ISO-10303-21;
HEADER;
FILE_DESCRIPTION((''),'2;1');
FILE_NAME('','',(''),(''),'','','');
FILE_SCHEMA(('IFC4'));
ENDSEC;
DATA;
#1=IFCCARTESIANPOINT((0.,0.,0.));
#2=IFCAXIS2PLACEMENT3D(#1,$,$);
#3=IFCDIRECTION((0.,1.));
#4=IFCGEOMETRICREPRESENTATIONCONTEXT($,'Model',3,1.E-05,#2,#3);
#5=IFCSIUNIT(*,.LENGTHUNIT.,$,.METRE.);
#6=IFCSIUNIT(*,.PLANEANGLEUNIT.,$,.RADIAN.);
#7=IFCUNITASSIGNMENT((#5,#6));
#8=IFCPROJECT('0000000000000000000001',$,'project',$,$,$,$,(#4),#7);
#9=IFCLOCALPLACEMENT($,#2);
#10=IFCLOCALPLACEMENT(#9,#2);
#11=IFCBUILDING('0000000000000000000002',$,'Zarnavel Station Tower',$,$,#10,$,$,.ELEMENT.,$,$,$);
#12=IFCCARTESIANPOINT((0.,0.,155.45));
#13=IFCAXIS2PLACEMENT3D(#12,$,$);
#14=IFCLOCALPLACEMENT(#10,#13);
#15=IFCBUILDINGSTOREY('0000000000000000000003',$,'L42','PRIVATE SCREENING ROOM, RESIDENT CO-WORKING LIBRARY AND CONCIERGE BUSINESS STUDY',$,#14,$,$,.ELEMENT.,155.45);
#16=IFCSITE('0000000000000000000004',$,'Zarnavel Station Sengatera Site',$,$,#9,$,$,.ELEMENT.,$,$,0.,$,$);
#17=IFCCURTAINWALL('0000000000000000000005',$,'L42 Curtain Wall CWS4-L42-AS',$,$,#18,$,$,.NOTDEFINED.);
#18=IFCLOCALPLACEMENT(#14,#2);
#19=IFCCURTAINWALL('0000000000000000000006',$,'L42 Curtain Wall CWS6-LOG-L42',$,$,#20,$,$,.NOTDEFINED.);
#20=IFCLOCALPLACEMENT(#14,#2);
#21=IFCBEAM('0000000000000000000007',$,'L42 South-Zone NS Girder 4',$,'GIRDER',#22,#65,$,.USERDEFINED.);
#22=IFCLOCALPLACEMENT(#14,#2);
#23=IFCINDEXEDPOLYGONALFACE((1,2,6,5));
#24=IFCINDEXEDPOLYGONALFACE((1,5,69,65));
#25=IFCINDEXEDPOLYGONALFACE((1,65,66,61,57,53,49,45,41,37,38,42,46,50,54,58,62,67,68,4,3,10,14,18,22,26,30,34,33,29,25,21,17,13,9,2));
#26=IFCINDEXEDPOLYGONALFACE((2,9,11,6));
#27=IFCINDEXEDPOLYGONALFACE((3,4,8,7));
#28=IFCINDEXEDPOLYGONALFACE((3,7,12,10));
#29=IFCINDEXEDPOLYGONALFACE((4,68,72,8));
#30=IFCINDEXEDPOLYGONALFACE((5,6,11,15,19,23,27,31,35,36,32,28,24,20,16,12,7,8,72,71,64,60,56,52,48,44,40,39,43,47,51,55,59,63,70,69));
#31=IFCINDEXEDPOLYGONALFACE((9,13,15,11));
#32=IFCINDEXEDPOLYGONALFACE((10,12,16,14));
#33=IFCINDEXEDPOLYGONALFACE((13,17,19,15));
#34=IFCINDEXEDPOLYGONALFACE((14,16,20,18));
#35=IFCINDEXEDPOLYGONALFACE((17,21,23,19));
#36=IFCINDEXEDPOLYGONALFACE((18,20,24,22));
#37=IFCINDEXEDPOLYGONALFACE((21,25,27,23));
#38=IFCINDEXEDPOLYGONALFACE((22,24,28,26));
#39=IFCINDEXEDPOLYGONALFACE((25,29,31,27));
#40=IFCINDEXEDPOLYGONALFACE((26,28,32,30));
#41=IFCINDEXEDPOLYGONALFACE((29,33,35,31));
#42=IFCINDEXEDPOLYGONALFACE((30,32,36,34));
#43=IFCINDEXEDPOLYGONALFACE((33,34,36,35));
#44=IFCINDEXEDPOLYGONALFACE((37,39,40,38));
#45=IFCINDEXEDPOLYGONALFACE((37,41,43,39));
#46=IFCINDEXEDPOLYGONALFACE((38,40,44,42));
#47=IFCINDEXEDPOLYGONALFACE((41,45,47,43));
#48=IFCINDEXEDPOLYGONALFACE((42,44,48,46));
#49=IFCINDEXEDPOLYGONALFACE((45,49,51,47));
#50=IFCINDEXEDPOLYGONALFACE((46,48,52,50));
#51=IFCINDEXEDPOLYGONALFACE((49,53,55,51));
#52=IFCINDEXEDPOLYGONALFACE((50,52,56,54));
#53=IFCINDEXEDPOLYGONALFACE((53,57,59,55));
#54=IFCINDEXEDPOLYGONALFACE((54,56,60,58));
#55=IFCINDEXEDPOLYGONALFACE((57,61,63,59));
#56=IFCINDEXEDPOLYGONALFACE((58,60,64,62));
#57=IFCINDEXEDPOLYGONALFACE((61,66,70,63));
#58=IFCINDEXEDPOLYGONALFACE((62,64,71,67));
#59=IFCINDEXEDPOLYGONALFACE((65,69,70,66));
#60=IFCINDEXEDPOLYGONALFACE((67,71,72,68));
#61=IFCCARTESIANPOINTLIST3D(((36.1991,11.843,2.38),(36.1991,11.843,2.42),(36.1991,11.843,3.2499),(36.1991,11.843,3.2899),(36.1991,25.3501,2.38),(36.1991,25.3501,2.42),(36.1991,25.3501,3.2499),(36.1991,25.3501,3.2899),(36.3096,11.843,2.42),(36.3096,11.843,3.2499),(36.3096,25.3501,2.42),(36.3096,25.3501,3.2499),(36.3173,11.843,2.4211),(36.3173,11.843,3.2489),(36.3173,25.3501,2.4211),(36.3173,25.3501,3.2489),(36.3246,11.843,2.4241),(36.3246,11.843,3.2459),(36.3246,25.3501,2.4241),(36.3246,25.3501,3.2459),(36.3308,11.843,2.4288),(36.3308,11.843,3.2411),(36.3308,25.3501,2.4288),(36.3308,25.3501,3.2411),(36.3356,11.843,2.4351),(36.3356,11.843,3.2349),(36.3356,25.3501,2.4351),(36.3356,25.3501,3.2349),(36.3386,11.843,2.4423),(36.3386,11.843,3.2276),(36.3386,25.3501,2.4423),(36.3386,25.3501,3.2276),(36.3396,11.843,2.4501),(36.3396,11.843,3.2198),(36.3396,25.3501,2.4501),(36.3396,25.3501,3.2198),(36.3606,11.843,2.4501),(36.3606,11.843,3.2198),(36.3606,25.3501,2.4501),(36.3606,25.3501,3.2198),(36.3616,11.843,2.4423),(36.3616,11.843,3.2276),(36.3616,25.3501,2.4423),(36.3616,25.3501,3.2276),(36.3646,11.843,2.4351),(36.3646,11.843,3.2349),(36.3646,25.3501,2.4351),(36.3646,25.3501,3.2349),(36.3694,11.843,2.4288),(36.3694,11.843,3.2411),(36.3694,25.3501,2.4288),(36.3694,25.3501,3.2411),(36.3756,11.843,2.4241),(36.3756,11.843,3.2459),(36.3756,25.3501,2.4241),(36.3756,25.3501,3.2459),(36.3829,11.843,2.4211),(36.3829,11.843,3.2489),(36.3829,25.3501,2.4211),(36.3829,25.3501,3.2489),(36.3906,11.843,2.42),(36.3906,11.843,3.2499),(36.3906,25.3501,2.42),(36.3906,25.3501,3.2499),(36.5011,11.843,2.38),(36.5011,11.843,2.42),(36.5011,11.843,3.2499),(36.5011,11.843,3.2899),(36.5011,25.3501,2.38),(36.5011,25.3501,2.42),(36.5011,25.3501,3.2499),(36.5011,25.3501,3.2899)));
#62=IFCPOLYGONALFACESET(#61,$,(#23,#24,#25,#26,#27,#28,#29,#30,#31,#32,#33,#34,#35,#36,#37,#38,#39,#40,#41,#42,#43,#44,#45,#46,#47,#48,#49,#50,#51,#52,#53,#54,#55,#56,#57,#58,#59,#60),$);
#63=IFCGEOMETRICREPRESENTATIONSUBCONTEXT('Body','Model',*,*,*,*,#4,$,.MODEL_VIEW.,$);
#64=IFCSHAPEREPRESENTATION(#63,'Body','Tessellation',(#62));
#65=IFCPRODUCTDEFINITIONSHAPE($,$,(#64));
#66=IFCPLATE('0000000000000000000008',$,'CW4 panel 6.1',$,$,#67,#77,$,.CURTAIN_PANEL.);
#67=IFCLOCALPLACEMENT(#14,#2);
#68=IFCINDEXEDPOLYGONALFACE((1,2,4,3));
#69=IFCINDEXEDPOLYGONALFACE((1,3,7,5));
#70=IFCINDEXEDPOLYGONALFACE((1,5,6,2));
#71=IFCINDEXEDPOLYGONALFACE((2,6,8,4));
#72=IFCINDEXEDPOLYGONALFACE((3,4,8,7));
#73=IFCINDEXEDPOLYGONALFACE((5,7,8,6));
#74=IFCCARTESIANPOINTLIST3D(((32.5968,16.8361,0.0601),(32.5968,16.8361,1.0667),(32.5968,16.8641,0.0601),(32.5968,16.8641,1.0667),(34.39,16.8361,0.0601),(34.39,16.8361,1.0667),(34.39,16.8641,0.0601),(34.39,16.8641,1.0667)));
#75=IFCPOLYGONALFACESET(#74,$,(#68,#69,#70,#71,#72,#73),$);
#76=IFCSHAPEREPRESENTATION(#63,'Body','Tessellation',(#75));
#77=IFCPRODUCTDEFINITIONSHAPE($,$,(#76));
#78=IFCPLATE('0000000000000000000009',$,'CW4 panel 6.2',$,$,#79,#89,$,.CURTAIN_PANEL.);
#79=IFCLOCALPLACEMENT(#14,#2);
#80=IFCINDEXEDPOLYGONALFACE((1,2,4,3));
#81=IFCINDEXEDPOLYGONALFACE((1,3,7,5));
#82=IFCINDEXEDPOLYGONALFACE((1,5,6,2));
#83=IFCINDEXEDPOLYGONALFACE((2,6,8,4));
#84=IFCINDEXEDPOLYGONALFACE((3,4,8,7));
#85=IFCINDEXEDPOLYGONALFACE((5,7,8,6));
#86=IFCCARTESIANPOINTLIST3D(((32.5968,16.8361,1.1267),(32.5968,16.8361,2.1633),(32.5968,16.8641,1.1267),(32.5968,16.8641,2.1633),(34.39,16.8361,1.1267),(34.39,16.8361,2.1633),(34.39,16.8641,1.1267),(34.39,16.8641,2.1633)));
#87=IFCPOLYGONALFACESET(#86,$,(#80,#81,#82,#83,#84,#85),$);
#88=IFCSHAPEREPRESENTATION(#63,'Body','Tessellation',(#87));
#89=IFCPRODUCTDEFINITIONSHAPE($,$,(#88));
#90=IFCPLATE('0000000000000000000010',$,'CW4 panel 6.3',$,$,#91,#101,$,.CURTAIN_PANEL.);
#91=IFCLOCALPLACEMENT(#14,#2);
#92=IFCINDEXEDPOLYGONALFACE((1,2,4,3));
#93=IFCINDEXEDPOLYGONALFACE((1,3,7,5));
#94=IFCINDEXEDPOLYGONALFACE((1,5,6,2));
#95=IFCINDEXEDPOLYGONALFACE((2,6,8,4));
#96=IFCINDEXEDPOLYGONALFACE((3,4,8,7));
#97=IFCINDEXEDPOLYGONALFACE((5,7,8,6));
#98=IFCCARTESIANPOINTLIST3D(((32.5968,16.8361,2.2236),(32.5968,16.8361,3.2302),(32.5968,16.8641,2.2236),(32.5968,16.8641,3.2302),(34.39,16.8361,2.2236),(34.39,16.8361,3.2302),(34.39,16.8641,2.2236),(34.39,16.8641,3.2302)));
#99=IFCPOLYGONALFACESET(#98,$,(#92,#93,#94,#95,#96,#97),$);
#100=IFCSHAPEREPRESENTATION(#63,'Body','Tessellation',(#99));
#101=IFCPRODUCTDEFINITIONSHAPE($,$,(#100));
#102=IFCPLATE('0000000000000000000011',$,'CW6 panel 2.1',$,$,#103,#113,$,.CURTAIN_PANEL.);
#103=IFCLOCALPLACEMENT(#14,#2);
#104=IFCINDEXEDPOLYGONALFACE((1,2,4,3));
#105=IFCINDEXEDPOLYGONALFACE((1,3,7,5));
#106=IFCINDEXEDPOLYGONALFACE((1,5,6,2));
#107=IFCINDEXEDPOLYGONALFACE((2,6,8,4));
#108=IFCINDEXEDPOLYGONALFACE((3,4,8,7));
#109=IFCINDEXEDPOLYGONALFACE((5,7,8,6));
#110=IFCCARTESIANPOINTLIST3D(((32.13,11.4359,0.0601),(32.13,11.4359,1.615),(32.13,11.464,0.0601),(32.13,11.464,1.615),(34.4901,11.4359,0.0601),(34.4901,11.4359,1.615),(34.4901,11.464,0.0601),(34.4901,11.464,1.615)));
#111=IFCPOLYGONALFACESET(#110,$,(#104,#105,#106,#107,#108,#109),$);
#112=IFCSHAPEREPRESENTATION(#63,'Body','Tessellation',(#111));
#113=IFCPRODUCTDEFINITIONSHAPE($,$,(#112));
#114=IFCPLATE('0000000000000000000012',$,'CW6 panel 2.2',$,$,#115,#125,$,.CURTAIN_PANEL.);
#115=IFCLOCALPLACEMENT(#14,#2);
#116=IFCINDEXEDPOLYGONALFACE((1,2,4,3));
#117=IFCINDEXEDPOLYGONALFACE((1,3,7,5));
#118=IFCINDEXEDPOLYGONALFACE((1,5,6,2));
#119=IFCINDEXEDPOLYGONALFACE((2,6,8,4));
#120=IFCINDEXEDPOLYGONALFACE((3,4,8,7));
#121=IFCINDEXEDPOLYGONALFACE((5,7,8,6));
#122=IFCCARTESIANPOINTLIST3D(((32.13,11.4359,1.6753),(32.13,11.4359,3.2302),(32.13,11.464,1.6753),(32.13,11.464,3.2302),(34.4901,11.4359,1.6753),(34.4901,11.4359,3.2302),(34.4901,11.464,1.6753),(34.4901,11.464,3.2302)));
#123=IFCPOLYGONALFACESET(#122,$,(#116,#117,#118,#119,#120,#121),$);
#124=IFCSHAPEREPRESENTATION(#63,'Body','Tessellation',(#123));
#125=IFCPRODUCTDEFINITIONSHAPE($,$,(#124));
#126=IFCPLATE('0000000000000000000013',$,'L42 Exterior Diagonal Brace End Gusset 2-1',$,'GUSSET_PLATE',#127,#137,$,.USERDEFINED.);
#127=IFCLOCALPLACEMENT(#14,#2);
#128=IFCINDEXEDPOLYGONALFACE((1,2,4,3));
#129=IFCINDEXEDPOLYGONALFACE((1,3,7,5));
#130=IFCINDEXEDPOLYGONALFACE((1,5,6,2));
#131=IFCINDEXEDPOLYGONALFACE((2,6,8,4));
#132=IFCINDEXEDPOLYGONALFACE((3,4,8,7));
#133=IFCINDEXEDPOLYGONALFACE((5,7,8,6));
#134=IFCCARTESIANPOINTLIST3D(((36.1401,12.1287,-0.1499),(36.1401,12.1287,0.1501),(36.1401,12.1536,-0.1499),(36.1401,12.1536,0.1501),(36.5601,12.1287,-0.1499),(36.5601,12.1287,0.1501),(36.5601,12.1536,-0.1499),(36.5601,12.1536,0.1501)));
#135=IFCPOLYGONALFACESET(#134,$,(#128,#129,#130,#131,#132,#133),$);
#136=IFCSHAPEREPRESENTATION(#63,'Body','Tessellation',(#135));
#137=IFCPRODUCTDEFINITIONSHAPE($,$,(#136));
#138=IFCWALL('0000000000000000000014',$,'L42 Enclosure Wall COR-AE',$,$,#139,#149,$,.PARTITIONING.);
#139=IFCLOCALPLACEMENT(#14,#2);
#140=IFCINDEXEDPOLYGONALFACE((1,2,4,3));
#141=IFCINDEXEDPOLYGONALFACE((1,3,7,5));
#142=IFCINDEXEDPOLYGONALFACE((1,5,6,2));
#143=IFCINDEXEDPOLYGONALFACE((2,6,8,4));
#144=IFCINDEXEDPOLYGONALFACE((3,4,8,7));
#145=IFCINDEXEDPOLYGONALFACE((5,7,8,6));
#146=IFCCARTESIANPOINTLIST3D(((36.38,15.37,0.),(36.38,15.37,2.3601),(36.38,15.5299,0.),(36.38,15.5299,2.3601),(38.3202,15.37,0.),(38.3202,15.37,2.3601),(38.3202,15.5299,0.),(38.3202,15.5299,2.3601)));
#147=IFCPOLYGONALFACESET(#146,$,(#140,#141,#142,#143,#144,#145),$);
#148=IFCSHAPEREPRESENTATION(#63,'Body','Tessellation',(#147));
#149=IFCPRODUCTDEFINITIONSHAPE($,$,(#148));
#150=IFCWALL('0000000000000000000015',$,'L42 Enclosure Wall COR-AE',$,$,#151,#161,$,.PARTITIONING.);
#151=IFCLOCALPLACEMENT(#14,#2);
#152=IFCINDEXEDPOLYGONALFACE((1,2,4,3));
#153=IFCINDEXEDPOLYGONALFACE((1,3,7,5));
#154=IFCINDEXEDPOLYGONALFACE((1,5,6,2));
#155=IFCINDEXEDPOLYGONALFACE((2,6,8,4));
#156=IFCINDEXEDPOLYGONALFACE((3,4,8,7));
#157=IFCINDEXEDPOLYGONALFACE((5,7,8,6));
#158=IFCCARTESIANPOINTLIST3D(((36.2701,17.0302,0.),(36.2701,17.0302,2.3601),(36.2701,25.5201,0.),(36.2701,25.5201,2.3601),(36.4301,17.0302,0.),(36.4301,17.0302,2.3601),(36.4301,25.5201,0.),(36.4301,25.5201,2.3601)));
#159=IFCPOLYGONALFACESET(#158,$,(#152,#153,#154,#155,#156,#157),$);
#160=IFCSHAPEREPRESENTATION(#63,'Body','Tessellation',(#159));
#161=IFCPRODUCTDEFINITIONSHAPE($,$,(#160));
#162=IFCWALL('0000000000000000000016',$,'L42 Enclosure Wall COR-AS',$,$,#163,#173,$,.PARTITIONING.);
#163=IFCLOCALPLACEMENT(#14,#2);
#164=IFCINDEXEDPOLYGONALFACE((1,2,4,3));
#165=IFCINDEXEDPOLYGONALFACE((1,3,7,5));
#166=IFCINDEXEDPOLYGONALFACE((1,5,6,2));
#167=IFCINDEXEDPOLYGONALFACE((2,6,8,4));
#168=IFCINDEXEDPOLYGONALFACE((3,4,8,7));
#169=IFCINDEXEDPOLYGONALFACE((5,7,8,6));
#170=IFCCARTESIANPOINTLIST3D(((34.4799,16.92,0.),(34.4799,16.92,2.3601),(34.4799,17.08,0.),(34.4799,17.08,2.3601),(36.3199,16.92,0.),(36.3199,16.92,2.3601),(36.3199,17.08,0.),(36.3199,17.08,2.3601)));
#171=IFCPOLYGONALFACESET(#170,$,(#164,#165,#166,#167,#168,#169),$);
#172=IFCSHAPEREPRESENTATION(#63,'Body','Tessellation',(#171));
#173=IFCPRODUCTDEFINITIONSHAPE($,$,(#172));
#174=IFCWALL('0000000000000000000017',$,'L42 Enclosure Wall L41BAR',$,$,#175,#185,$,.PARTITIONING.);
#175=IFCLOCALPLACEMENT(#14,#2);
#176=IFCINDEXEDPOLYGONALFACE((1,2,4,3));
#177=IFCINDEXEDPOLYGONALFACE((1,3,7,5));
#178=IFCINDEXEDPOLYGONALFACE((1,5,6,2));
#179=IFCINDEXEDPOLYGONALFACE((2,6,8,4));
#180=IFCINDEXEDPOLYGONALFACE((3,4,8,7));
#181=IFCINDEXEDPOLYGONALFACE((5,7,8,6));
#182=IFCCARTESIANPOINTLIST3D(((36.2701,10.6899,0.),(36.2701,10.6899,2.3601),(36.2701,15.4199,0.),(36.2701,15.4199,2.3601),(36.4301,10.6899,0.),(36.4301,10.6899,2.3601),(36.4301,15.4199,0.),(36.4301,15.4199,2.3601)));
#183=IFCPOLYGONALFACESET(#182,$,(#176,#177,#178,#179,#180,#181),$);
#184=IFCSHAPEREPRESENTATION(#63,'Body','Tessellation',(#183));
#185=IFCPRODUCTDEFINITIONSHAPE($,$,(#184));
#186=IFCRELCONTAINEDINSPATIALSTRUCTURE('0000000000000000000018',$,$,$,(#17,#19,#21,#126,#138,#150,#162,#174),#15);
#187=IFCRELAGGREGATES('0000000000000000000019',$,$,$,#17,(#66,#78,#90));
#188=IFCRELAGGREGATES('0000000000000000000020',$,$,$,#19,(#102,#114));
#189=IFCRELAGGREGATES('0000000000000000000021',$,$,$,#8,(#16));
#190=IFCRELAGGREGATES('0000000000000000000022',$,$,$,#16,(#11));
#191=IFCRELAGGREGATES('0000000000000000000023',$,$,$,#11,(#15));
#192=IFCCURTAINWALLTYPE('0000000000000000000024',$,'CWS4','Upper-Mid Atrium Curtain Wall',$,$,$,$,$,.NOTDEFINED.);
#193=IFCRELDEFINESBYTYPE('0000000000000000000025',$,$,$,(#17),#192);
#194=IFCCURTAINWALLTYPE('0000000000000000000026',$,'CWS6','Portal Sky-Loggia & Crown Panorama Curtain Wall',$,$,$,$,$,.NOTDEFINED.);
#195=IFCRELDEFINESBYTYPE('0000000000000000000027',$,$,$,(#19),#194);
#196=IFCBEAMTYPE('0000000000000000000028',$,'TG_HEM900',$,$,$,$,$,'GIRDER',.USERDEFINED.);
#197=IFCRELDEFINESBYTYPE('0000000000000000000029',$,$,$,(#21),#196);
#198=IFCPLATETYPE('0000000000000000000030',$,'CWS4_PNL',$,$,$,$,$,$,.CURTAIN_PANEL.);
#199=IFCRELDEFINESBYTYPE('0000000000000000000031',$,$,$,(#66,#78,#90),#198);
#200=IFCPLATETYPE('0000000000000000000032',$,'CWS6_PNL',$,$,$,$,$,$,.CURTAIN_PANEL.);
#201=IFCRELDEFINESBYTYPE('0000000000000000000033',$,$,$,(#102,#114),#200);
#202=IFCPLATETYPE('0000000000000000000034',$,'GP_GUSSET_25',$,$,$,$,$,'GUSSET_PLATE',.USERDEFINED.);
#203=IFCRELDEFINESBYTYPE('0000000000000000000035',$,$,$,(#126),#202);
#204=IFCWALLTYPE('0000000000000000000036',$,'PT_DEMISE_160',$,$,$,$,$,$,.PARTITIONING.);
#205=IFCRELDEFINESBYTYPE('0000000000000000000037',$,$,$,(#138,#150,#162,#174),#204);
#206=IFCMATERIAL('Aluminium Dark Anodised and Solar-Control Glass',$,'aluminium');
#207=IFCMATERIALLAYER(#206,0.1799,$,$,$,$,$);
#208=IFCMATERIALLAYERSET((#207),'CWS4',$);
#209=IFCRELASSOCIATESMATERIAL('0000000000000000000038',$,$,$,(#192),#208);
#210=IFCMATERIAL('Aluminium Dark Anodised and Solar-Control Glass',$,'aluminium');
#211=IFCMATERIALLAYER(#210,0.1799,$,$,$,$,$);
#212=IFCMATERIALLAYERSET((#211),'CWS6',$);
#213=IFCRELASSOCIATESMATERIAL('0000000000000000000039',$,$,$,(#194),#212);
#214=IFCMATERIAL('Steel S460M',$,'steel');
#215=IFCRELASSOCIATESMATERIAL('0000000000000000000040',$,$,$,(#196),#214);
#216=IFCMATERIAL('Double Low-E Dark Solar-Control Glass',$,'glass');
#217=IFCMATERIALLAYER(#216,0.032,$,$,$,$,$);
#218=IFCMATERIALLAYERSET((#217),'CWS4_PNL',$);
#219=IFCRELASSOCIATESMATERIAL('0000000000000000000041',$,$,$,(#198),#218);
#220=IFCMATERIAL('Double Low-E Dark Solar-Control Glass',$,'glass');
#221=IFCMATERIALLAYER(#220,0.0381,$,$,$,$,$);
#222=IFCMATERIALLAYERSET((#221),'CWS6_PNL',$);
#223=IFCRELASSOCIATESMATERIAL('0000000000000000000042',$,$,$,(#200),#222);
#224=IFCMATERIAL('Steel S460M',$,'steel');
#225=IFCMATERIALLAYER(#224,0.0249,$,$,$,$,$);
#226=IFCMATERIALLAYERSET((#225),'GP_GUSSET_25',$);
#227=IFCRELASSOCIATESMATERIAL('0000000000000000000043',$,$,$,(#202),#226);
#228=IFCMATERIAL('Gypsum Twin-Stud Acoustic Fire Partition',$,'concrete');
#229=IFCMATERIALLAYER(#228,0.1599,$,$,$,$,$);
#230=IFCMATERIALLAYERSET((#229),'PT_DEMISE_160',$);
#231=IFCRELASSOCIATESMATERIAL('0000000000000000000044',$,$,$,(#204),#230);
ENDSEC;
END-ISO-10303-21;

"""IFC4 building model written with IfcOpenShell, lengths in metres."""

from ifc_helpers import new_model, si_unit, direction, frame, frame_2d, origin, origin_2d, place, context, subcontext, project, spatial, rectangle, i_section, extrude, material, layer, layer_set, material_profile, profile_set, type_object, element, aggregate, save


model = new_model("IFC4")

# Units and contexts
model_context = context("Model", 3, precision=1e-05, world=origin(), true_north=direction((0.0, 1.0)))
body_context = subcontext(model_context, "Body", "Model", "MODEL_VIEW")
ifc_project = project(units=[si_unit("LENGTHUNIT", "METRE"), si_unit("PLANEANGLEUNIT", "RADIAN")], contexts=[model_context])

# Site, building, storey
site_placement = place(None, origin())
site = spatial("IfcSite", under=ifc_project, at=site_placement, Name="Zarnavel Station Sengatera Site", CompositionType="ELEMENT", RefElevation=0.0)
building_placement = place(site_placement, origin())
building = spatial("IfcBuilding", under=site, at=building_placement, Name="Zarnavel Station Tower", CompositionType="ELEMENT")
storey_placement = place(building_placement, frame((0.0, 0.0, 155.45)))
storey = spatial("IfcBuildingStorey", under=building, at=storey_placement, Name="L42", Description="PRIVATE SCREENING ROOM, RESIDENT CO-WORKING LIBRARY AND CONCIERGE BUSINESS STUDY", CompositionType="ELEMENT", Elevation=155.45)

# Curtain walls
ifc_material_1 = material(Name="Aluminium Dark Anodised and Solar-Control Glass", Category="aluminium")
ifc_layer_1 = layer(ifc_material_1, 0.1799)
ifc_layer_set_1 = layer_set([ifc_layer_1], Name="CWS4")
curtain_wall_type_1 = type_object("IfcCurtainWallType", Name="CWS4", Description="Upper-Mid Atrium Curtain Wall", PredefinedType="NOTDEFINED", material=ifc_layer_set_1)
curtain_wall_1_placement = place(storey_placement, origin())
curtain_wall_1 = element("IfcCurtainWall", 1, at=curtain_wall_1_placement, inside=storey, type_object=curtain_wall_type_1, Name="L42 Curtain Wall CWS4-L42-AS", PredefinedType="NOTDEFINED")
ifc_material_2 = material(Name="Aluminium Dark Anodised and Solar-Control Glass", Category="aluminium")
ifc_layer_2 = layer(ifc_material_2, 0.1799)
ifc_layer_set_2 = layer_set([ifc_layer_2], Name="CWS6")
curtain_wall_type_2 = type_object("IfcCurtainWallType", Name="CWS6", Description="Portal Sky-Loggia & Crown Panorama Curtain Wall", PredefinedType="NOTDEFINED", material=ifc_layer_set_2)
curtain_wall_2_placement = place(storey_placement, origin())
curtain_wall_2 = element("IfcCurtainWall", 2, at=curtain_wall_2_placement, inside=storey, type_object=curtain_wall_type_2, Name="L42 Curtain Wall CWS6-LOG-L42", PredefinedType="NOTDEFINED")

# Beam
ifc_material_3 = material(Name="Steel S460M", Category="steel")
ifc_material_profile_1 = material_profile(ifc_material_3, i_section(OverallWidth=0.302, OverallDepth=0.9099, WebThickness=0.021, FlangeThickness=0.04, FilletRadius=0.03, at=origin_2d()), Name="HEM900")
ifc_profile_set_1 = profile_set([ifc_material_profile_1], Name="Steel S460M")
beam_type_1 = type_object("IfcBeamType", Name="TG_HEM900", ElementType="GIRDER", PredefinedType="USERDEFINED", material=ifc_profile_set_1)
beam_1_placement = place(storey_placement, frame((36.3501, 11.843, 2.835), z_axis=(0.0, 1.0, 0.0), x_axis=(-1.0, 0.0, 0.0)))
element("IfcBeam", 3, at=beam_1_placement, inside=storey, type_object=beam_type_1, Name="L42 South-Zone NS Girder 4", ObjectType="GIRDER", PredefinedType="USERDEFINED", context=body_context, shape_type="SweptSolid", body=[
    extrude(i_section(OverallWidth=0.302, OverallDepth=0.9099, WebThickness=0.021, FlangeThickness=0.04, FilletRadius=0.03, at=origin_2d()), origin(), (0.0, 0.0, 1.0), 13.5071),
])

# Plates
ifc_material_4 = material(Name="Double Low-E Dark Solar-Control Glass", Category="glass")
ifc_layer_3 = layer(ifc_material_4, 0.032)
ifc_layer_set_3 = layer_set([ifc_layer_3], Name="CWS4_PNL")
plate_type_1 = type_object("IfcPlateType", Name="CWS4_PNL", PredefinedType="CURTAIN_PANEL", material=ifc_layer_set_3)
plate_1_placement = place(storey_placement, frame((33.4934, 16.8501, 0.0601), z_axis=(0.0, 0.0, 1.0), x_axis=(1.0, 0.0, 0.0)))
plate_1 = element("IfcPlate", 4, at=plate_1_placement, type_object=plate_type_1, Name="CW4 panel 6.1", PredefinedType="CURTAIN_PANEL", context=body_context, shape_type="SweptSolid", body=[
    extrude(rectangle(XDim=1.7932, YDim=0.0281, at=origin_2d()), origin(), (0.0, 0.0, 1.0), 1.0066),
])
plate_2_placement = place(storey_placement, frame((33.4934, 16.8501, 1.1267), z_axis=(0.0, 0.0, 1.0), x_axis=(1.0, 0.0, 0.0)))
plate_2 = element("IfcPlate", 5, at=plate_2_placement, type_object=plate_type_1, Name="CW4 panel 6.2", PredefinedType="CURTAIN_PANEL", context=body_context, shape_type="SweptSolid", body=[
    extrude(rectangle(XDim=1.7932, YDim=0.0281, at=origin_2d()), origin(), (0.0, 0.0, 1.0), 1.0366),
])
plate_3_placement = place(storey_placement, frame((33.4934, 16.8501, 2.2236), z_axis=(0.0, 0.0, 1.0), x_axis=(1.0, 0.0, 0.0)))
plate_3 = element("IfcPlate", 6, at=plate_3_placement, type_object=plate_type_1, Name="CW4 panel 6.3", PredefinedType="CURTAIN_PANEL", context=body_context, shape_type="SweptSolid", body=[
    extrude(rectangle(XDim=1.7932, YDim=0.0281, at=origin_2d()), origin(), (0.0, 0.0, 1.0), 1.0066),
])
aggregate(curtain_wall_1, [plate_1, plate_2, plate_3])
ifc_material_5 = material(Name="Double Low-E Dark Solar-Control Glass", Category="glass")
ifc_layer_4 = layer(ifc_material_5, 0.0381)
ifc_layer_set_4 = layer_set([ifc_layer_4], Name="CWS6_PNL")
plate_type_2 = type_object("IfcPlateType", Name="CWS6_PNL", PredefinedType="CURTAIN_PANEL", material=ifc_layer_set_4)
plate_4_placement = place(storey_placement, frame((33.3101, 11.45, 0.0601), z_axis=(0.0, 0.0, 1.0), x_axis=(1.0, 0.0, 0.0)))
plate_4 = element("IfcPlate", 7, at=plate_4_placement, type_object=plate_type_2, Name="CW6 panel 2.1", PredefinedType="CURTAIN_PANEL", context=body_context, shape_type="SweptSolid", body=[
    extrude(rectangle(XDim=2.3601, YDim=0.0281, at=origin_2d()), origin(), (0.0, 0.0, 1.0), 1.5549),
])
plate_5_placement = place(storey_placement, frame((33.3101, 11.45, 1.6753), z_axis=(0.0, 0.0, 1.0), x_axis=(1.0, 0.0, 0.0)))
plate_5 = element("IfcPlate", 8, at=plate_5_placement, type_object=plate_type_2, Name="CW6 panel 2.2", PredefinedType="CURTAIN_PANEL", context=body_context, shape_type="SweptSolid", body=[
    extrude(rectangle(XDim=2.3601, YDim=0.0281, at=origin_2d()), origin(), (0.0, 0.0, 1.0), 1.5549),
])
aggregate(curtain_wall_2, [plate_4, plate_5])
ifc_material_6 = material(Name="Steel S460M", Category="steel")
ifc_layer_5 = layer(ifc_material_6, 0.0249)
ifc_layer_set_5 = layer_set([ifc_layer_5], Name="GP_GUSSET_25")
plate_type_3 = type_object("IfcPlateType", Name="GP_GUSSET_25", ElementType="GUSSET_PLATE", PredefinedType="USERDEFINED", material=ifc_layer_set_5)
plate_6_placement = place(storey_placement, frame((36.3501, 12.1411, -0.1499), z_axis=(0.0, 0.0, 1.0), x_axis=(1.0, 0.0, 0.0)))
element("IfcPlate", 9, at=plate_6_placement, inside=storey, type_object=plate_type_3, Name="L42 Exterior Diagonal Brace End Gusset 2-1", ObjectType="GUSSET_PLATE", PredefinedType="USERDEFINED", context=body_context, shape_type="SweptSolid", body=[
    extrude(rectangle(XDim=0.4199, YDim=0.0249, at=origin_2d()), origin(), (0.0, 0.0, 1.0), 0.3),
])

# Walls
ifc_material_7 = material(Name="Gypsum Twin-Stud Acoustic Fire Partition", Category="concrete")
ifc_layer_6 = layer(ifc_material_7, 0.1599)
ifc_layer_set_6 = layer_set([ifc_layer_6], Name="PT_DEMISE_160")
wall_type = type_object("IfcWallType", Name="PT_DEMISE_160", PredefinedType="PARTITIONING", material=ifc_layer_set_6)
wall_1_placement = place(storey_placement, frame((36.3799, 15.45, 0.0), z_axis=(0.0, 0.0, 1.0), x_axis=(1.0, 0.0, 0.0)))
element("IfcWall", 10, at=wall_1_placement, inside=storey, type_object=wall_type, Name="L42 Enclosure Wall COR-AE", PredefinedType="PARTITIONING", context=body_context, shape_type="SweptSolid", body=[
    extrude(rectangle(XDim=1.9402, YDim=0.1599, at=frame_2d((0.9702, 0.0))), origin(), (0.0, 0.0, 1.0), 2.3601),
])
wall_2_placement = place(storey_placement, frame((36.3501, 17.03, 0.0), z_axis=(0.0, 0.0, 1.0), x_axis=(0.0, 1.0, 0.0)))
element("IfcWall", 11, at=wall_2_placement, inside=storey, type_object=wall_type, Name="L42 Enclosure Wall COR-AE", PredefinedType="PARTITIONING", context=body_context, shape_type="SweptSolid", body=[
    extrude(rectangle(XDim=8.49, YDim=0.1599, at=frame_2d((4.2451, 0.0))), origin(), (0.0, 0.0, 1.0), 2.3601),
])
wall_3_placement = place(storey_placement, frame((34.48, 17.0, 0.0), z_axis=(0.0, 0.0, 1.0), x_axis=(1.0, 0.0, 0.0)))
element("IfcWall", 12, at=wall_3_placement, inside=storey, type_object=wall_type, Name="L42 Enclosure Wall COR-AS", PredefinedType="PARTITIONING", context=body_context, shape_type="SweptSolid", body=[
    extrude(rectangle(XDim=1.8401, YDim=0.1599, at=frame_2d((0.9199, 0.0))), origin(), (0.0, 0.0, 1.0), 2.3601),
])
wall_4_placement = place(storey_placement, frame((36.3501, 10.6899, 0.0), z_axis=(0.0, 0.0, 1.0), x_axis=(0.0, 1.0, 0.0)))
element("IfcWall", 13, at=wall_4_placement, inside=storey, type_object=wall_type, Name="L42 Enclosure Wall L41BAR", PredefinedType="PARTITIONING", context=body_context, shape_type="SweptSolid", body=[
    extrude(rectangle(XDim=4.73, YDim=0.1599, at=frame_2d((2.365, 0.0))), origin(), (0.0, 0.0, 1.0), 2.3601),
])

save(model, "model.ifc")
